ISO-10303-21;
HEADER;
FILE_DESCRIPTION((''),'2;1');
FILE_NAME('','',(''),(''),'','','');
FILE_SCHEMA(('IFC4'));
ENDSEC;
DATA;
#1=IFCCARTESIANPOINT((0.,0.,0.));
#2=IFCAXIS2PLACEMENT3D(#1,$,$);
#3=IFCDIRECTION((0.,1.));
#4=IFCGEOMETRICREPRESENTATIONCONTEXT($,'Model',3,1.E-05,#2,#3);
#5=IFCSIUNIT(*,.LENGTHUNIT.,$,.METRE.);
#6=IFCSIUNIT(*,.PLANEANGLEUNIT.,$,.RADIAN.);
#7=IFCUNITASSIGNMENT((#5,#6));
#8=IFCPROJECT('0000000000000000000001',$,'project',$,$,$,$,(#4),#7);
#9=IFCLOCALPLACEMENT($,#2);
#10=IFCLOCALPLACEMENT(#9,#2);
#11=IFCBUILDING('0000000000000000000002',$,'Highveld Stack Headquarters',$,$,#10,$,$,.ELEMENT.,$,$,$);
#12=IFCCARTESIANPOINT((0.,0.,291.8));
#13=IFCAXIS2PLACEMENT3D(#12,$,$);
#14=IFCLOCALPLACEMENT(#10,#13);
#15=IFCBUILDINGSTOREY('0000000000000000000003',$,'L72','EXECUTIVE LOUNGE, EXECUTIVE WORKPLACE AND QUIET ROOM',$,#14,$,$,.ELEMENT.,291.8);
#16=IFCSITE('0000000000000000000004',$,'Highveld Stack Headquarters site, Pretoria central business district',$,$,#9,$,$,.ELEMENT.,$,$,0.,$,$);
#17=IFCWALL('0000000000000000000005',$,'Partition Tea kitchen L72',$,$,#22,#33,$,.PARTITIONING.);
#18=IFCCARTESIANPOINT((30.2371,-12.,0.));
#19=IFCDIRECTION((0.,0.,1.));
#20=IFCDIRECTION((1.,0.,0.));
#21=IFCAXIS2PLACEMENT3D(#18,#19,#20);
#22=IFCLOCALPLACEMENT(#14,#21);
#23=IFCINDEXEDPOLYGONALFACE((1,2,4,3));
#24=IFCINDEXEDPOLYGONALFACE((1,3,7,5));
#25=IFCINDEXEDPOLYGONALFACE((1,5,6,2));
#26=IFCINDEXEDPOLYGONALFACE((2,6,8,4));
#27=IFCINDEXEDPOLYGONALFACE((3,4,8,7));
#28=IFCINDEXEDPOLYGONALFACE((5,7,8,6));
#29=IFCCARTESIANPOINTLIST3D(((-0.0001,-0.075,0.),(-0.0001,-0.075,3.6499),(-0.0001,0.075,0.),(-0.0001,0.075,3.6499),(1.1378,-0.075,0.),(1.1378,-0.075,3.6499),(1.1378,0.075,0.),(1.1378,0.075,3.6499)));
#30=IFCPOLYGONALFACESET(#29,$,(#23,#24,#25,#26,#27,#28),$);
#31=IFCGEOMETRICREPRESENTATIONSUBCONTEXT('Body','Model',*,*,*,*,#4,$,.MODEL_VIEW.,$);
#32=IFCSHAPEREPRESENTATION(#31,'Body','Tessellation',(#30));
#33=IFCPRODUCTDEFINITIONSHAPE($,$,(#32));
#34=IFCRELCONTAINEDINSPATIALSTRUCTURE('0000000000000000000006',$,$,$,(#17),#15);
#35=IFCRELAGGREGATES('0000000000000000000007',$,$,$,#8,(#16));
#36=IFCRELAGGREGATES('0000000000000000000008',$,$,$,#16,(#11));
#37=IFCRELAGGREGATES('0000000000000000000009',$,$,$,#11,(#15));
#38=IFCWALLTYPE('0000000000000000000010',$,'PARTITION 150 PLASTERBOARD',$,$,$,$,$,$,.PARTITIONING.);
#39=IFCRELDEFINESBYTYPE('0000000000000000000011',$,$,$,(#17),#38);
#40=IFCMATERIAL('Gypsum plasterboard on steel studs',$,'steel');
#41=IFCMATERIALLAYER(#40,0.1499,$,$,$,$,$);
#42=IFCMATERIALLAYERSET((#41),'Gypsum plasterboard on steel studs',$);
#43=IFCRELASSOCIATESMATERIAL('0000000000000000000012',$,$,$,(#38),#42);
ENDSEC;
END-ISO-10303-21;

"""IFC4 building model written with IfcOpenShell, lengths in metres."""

from ifc_helpers import new_model, si_unit, direction, frame, frame_2d, origin, place, context, subcontext, project, spatial, rectangle, extrude, material, layer, layer_set, type_object, element, save


model = new_model("IFC4")

# Units and contexts
model_context = context("Model", 3, precision=1e-05, world=origin(), true_north=direction((0.0, 1.0)))
body_context = subcontext(model_context, "Body", "Model", "MODEL_VIEW")
ifc_project = project(units=[si_unit("LENGTHUNIT", "METRE"), si_unit("PLANEANGLEUNIT", "RADIAN")], contexts=[model_context])

# Site, building, storey
site_placement = place(None, origin())
site = spatial("IfcSite", under=ifc_project, at=site_placement, Name="Highveld Stack Headquarters site, Pretoria central business district", CompositionType="ELEMENT", RefElevation=0.0)
building_placement = place(site_placement, origin())
building = spatial("IfcBuilding", under=site, at=building_placement, Name="Highveld Stack Headquarters", CompositionType="ELEMENT")
storey_placement = place(building_placement, frame((0.0, 0.0, 291.8)))
storey = spatial("IfcBuildingStorey", under=building, at=storey_placement, Name="L72", Description="EXECUTIVE LOUNGE, EXECUTIVE WORKPLACE AND QUIET ROOM", CompositionType="ELEMENT", Elevation=291.8)

# Wall
ifc_material_1 = material(Name="Gypsum plasterboard on steel studs", Category="steel")
ifc_layer_1 = layer(ifc_material_1, 0.1499)
ifc_layer_set_1 = layer_set([ifc_layer_1], Name="Gypsum plasterboard on steel studs")
wall_type = type_object("IfcWallType", Name="PARTITION 150 PLASTERBOARD", PredefinedType="PARTITIONING", material=ifc_layer_set_1)
wall_1_placement = place(storey_placement, frame((30.2371, -12.0, 0.0), z_axis=(0.0, 0.0, 1.0), x_axis=(1.0, 0.0, 0.0)))
element("IfcWall", 1, at=wall_1_placement, inside=storey, type_object=wall_type, Name="Partition Tea kitchen L72", PredefinedType="PARTITIONING", context=body_context, shape_type="SweptSolid", body=[
    extrude(rectangle(XDim=1.1379, YDim=0.1499, at=frame_2d((0.5688, 0.0))), origin(), (0.0, 0.0, 1.0), 3.6499),
])

save(model, "model.ifc")
